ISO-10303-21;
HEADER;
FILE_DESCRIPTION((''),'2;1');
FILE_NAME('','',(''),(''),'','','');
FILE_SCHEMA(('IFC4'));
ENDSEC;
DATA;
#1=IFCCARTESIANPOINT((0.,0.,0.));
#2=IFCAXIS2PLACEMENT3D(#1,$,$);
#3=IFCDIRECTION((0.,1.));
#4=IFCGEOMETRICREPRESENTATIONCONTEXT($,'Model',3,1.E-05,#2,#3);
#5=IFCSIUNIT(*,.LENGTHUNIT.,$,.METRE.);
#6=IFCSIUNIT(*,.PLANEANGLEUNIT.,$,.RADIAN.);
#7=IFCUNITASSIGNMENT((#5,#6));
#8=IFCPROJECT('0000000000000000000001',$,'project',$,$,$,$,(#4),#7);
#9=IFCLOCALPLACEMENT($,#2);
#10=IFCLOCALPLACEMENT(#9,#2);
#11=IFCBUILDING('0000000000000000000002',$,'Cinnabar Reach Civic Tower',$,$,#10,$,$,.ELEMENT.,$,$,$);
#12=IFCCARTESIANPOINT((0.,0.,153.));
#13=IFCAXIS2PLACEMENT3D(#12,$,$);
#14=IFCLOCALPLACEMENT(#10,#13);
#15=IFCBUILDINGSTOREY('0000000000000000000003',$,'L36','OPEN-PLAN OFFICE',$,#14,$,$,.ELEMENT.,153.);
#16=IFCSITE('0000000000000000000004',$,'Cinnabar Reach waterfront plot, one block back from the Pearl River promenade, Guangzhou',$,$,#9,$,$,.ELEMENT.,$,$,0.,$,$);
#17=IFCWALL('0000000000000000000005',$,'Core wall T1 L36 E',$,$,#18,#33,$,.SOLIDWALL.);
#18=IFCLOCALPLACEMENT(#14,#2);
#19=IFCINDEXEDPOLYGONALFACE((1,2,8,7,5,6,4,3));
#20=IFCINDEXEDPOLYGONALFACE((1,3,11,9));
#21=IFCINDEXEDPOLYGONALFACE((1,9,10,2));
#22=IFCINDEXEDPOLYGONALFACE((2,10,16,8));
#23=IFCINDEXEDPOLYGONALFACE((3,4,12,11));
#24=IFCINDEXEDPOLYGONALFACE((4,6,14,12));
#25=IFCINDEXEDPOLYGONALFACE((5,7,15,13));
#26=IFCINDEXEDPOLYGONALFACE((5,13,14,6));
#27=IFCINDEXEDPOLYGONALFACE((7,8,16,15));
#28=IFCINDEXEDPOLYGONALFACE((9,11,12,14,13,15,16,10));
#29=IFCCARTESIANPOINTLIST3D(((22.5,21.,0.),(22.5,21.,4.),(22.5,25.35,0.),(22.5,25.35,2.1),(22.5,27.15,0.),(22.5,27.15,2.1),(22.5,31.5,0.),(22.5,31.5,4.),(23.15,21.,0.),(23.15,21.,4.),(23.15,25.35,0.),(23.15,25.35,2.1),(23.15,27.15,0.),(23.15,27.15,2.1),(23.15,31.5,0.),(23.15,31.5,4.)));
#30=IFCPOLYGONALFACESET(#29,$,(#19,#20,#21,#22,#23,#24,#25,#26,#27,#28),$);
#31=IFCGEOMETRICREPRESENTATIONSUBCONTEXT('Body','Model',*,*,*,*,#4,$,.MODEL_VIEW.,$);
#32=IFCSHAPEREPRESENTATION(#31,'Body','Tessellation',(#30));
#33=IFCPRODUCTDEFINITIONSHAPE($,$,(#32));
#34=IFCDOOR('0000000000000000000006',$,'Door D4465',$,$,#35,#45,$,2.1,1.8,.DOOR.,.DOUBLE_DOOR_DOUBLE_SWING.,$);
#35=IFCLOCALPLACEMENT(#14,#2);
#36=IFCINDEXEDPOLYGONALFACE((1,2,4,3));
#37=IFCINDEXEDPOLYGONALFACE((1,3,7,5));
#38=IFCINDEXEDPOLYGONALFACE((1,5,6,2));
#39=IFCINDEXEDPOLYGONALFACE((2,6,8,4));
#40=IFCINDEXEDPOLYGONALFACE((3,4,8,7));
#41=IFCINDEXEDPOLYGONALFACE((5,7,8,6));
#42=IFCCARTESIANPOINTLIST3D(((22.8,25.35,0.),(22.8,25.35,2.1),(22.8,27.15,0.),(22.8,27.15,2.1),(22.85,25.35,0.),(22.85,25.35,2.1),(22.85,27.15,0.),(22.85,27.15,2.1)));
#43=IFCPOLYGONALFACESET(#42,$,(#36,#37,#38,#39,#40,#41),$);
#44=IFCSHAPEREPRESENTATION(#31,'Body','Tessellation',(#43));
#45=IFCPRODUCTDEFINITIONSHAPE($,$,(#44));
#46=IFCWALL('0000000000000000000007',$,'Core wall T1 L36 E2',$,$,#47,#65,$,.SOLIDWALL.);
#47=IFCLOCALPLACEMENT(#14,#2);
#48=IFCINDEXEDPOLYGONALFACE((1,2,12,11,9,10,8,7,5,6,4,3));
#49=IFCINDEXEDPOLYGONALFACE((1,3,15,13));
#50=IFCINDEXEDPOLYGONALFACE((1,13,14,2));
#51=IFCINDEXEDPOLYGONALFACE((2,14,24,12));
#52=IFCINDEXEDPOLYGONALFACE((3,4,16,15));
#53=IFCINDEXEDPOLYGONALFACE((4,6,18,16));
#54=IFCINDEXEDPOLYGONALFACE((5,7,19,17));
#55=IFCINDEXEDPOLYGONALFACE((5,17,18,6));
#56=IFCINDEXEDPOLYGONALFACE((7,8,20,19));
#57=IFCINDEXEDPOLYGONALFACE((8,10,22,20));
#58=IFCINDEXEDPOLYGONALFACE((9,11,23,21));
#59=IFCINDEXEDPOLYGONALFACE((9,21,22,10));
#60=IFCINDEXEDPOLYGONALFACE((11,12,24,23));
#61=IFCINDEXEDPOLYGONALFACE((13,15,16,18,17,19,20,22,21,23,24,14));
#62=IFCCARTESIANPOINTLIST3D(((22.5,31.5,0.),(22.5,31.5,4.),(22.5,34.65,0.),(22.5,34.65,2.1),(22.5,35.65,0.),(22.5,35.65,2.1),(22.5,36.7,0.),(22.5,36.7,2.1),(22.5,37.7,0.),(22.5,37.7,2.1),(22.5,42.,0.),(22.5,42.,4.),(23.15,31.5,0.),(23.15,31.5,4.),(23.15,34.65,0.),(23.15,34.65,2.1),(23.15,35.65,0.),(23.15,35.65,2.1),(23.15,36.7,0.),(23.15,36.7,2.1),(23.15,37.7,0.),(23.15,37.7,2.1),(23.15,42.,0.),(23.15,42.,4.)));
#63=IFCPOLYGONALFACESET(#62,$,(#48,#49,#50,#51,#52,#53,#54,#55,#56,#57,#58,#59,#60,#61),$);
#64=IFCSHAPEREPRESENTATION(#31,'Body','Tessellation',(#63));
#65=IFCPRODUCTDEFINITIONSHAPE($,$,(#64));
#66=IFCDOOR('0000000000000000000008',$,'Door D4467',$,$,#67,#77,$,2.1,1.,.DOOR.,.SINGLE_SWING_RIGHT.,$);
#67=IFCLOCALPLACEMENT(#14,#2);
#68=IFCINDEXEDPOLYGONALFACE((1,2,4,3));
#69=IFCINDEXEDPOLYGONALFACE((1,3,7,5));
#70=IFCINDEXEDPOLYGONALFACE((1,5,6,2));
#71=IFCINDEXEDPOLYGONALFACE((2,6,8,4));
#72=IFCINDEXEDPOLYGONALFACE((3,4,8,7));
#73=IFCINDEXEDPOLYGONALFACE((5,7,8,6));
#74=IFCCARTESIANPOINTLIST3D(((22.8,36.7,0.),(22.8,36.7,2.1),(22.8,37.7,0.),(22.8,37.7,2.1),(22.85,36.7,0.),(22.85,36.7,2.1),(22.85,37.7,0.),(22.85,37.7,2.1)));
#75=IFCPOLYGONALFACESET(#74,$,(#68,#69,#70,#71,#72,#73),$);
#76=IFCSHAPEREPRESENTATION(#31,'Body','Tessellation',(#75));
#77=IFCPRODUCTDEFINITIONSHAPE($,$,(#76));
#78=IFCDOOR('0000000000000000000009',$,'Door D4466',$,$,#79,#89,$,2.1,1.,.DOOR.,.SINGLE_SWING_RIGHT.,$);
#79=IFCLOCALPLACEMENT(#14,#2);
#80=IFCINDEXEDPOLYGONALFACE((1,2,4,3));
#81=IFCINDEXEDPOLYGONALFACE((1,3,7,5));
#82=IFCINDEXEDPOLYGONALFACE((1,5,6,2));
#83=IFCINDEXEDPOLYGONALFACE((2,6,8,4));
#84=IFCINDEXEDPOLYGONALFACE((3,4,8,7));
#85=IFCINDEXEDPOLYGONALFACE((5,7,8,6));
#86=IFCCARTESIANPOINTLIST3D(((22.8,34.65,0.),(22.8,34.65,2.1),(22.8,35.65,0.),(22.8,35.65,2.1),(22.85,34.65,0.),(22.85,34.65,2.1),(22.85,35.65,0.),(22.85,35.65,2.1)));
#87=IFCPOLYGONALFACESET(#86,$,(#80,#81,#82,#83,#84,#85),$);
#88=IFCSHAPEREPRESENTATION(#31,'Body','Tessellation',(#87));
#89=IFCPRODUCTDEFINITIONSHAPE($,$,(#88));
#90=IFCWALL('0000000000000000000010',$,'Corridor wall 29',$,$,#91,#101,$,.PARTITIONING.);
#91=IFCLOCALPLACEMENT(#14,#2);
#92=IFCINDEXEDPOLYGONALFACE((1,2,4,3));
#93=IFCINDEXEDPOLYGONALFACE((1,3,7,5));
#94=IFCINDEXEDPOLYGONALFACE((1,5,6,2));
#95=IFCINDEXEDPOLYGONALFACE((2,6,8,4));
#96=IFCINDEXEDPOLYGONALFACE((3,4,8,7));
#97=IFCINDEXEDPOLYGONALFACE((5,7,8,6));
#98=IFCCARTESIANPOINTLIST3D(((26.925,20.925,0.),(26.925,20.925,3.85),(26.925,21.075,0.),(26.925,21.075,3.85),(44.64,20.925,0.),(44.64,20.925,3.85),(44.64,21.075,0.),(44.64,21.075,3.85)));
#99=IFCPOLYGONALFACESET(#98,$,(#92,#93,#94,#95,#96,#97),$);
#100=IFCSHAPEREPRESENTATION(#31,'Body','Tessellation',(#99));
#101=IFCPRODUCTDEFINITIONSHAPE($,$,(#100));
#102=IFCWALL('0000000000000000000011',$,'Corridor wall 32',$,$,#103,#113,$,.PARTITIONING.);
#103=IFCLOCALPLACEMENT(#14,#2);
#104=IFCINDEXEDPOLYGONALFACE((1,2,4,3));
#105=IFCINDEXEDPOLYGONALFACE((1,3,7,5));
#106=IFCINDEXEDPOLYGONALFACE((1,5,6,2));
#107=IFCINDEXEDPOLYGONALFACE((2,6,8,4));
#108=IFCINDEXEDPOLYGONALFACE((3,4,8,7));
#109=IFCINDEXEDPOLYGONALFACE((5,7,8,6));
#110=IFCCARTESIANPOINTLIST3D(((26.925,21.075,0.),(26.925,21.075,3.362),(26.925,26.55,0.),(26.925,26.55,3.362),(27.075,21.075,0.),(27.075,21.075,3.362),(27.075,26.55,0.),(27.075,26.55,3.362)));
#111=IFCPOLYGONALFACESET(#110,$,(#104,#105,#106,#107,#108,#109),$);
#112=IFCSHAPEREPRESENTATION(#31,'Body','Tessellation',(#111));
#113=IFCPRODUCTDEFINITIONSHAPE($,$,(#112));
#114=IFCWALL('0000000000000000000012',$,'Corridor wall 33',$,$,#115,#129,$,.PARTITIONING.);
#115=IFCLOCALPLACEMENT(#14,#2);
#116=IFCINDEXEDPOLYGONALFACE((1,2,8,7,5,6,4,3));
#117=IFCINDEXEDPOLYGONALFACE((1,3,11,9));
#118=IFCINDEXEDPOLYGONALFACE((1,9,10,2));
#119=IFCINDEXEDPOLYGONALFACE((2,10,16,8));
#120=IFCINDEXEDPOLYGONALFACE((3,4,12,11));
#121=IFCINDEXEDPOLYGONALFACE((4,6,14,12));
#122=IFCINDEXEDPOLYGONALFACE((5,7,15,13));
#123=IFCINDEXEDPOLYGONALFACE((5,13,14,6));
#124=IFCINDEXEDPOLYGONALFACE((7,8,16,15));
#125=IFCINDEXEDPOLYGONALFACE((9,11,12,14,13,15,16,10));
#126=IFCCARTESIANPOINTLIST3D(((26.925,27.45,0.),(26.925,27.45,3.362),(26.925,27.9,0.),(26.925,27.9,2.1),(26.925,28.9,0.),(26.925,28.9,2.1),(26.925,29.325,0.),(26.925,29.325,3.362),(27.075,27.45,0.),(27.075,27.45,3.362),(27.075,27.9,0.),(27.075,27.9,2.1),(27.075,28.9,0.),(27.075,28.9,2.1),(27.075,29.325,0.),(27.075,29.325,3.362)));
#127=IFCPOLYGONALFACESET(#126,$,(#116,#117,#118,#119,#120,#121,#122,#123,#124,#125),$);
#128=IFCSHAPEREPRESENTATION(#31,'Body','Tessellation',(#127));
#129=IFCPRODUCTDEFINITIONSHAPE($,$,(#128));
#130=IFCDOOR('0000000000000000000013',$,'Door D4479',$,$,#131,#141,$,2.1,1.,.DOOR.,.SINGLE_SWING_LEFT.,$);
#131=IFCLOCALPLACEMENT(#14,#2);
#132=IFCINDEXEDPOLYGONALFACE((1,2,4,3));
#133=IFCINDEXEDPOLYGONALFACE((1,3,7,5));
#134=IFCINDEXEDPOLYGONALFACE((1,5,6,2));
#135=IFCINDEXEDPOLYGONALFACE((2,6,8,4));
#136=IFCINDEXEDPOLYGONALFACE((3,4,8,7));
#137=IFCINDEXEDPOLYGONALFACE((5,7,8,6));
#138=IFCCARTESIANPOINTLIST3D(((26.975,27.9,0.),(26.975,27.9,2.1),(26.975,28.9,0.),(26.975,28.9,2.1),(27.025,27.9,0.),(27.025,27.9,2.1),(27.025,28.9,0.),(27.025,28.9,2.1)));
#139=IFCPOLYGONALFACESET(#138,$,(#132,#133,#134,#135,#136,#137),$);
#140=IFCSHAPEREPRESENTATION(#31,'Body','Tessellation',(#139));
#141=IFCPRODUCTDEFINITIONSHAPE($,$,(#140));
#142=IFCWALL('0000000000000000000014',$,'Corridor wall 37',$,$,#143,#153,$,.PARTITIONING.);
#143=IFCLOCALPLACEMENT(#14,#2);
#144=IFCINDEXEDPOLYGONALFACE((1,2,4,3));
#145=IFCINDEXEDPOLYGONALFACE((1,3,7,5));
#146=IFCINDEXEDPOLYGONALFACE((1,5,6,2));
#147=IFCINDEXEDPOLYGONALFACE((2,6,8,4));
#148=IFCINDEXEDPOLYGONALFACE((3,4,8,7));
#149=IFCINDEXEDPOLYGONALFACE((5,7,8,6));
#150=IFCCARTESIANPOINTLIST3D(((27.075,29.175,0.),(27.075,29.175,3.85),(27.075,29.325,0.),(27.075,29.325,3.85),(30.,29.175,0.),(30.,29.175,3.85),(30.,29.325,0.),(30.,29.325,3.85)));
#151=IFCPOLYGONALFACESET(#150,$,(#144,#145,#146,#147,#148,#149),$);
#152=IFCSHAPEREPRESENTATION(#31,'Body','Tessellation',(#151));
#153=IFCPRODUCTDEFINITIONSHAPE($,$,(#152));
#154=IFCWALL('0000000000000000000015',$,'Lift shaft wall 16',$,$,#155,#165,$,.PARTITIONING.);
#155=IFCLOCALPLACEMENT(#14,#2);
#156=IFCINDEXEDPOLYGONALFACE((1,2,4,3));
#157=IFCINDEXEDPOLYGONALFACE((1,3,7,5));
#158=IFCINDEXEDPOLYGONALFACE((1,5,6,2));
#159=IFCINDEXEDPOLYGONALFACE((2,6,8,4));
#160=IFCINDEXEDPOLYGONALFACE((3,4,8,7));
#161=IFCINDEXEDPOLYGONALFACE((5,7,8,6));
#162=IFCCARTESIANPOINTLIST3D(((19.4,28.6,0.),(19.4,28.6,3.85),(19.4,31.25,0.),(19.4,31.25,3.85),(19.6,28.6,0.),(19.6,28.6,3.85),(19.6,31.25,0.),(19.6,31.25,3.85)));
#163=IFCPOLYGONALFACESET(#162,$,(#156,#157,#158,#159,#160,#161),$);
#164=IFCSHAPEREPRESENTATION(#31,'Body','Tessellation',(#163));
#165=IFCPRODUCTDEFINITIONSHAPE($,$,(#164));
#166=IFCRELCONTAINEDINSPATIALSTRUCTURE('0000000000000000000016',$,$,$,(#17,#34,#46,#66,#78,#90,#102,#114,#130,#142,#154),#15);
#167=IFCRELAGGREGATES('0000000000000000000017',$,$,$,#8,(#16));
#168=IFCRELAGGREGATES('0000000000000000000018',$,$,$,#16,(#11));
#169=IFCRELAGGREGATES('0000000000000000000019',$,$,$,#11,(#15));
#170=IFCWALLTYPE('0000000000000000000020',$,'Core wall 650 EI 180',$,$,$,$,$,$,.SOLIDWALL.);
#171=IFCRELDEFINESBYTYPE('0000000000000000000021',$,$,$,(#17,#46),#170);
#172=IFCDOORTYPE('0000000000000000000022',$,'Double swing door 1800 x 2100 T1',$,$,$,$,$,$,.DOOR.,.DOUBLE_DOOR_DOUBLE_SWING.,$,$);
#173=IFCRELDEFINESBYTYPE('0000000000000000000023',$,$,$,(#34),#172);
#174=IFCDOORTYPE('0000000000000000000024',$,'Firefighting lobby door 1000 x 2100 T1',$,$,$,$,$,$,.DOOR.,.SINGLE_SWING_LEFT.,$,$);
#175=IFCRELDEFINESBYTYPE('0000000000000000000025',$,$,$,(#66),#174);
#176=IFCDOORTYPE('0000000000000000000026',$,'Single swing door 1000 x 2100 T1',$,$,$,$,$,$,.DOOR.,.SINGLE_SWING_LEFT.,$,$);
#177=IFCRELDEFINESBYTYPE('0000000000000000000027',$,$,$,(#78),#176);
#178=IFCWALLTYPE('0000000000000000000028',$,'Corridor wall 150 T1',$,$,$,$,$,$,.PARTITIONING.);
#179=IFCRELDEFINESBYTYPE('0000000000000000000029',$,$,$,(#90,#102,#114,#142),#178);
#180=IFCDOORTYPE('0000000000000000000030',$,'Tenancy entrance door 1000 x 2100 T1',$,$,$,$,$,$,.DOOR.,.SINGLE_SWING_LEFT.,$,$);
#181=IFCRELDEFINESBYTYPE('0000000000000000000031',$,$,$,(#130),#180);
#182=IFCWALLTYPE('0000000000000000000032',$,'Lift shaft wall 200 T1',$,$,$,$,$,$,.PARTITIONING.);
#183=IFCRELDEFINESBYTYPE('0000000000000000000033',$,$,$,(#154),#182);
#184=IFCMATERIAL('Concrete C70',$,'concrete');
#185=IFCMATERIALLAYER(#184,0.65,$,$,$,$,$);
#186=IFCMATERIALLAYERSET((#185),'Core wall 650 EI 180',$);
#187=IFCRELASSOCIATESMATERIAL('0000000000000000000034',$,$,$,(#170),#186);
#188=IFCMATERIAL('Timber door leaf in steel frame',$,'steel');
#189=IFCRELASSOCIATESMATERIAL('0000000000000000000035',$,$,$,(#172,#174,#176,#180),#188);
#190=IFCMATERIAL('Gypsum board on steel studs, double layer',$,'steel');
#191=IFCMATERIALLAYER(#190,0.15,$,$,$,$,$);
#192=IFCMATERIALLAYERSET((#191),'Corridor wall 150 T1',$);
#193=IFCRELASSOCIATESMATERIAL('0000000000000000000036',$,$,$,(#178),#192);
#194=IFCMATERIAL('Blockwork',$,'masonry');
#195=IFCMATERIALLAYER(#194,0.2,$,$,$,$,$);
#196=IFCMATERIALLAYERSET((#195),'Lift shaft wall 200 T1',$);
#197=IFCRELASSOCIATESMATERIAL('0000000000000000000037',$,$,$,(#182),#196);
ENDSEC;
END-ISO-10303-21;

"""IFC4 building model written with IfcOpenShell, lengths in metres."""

from ifc_helpers import new_model, si_unit, direction, frame, frame_2d, origin, place, context, subcontext, project, spatial, rectangle, extrude, material, layer, layer_set, type_object, element, fill, save


model = new_model("IFC4")

# Units and contexts
model_context = context("Model", 3, precision=1e-05, world=origin(), true_north=direction((0.0, 1.0)))
body_context = subcontext(model_context, "Body", "Model", "MODEL_VIEW")
ifc_project = project(units=[si_unit("LENGTHUNIT", "METRE"), si_unit("PLANEANGLEUNIT", "RADIAN")], contexts=[model_context])

# Site, building, storey
site_placement = place(None, origin())
site = spatial("IfcSite", under=ifc_project, at=site_placement, Name="Cinnabar Reach waterfront plot, one block back from the Pearl River promenade, Guangzhou", CompositionType="ELEMENT", RefElevation=0.0)
building_placement = place(site_placement, origin())
building = spatial("IfcBuilding", under=site, at=building_placement, Name="Cinnabar Reach Civic Tower", CompositionType="ELEMENT")
storey_placement = place(building_placement, frame((0.0, 0.0, 153.0)))
storey = spatial("IfcBuildingStorey", under=building, at=storey_placement, Name="L36", Description="OPEN-PLAN OFFICE", CompositionType="ELEMENT", Elevation=153.0)

# Shared definitions
ifc_material_1 = material(Name="Concrete C70", Category="concrete")

# Wall, opening, door
ifc_layer_1 = layer(ifc_material_1, 0.65)
ifc_layer_set_1 = layer_set([ifc_layer_1], Name="Core wall 650 EI 180")
wall_type_1 = type_object("IfcWallType", Name="Core wall 650 EI 180", PredefinedType="SOLIDWALL", material=ifc_layer_set_1)
wall_1_placement = place(storey_placement, frame((22.825, 21.0, 0.0), z_axis=(0.0, 0.0, 1.0), x_axis=(0.0, 1.0, 0.0)))
wall_1 = element("IfcWall", 1, at=wall_1_placement, inside=storey, type_object=wall_type_1, Name="Core wall T1 L36 E", PredefinedType="SOLIDWALL", context=body_context, shape_type="SweptSolid", body=[
    extrude(rectangle(XDim=10.5, YDim=0.65, at=frame_2d((5.25, 0.0))), origin(), (0.0, 0.0, 1.0), 4.0),
])
opening_1_placement = place(wall_1_placement, frame((4.35, 0.0, 0.0)))
opening_1 = element("IfcOpeningElement", 2, at=opening_1_placement, cuts=wall_1, PredefinedType="OPENING", context=body_context, shape_type="SweptSolid", body=[
    extrude(rectangle(XDim=1.8, YDim=2.1, at=frame_2d((0.9, 1.05))), frame((0.0, 0.335, 0.0), z_axis=(0.0, -1.0, 0.0), x_axis=(1.0, 0.0, 0.0)), (0.0, 0.0, 1.0), 0.67),
])
ifc_material_2 = material(Name="Timber door leaf in steel frame", Category="steel")
door_type_1 = type_object("IfcDoorType", Name="Double swing door 1800 x 2100 T1", OperationType="DOUBLE_DOOR_DOUBLE_SWING", PredefinedType="DOOR", material=ifc_material_2)
door_1_placement = place(opening_1_placement, origin())
door_1 = element("IfcDoor", 3, at=door_1_placement, inside=storey, type_object=door_type_1, Name="Door D4465", OperationType="DOUBLE_DOOR_DOUBLE_SWING", OverallHeight=2.1, OverallWidth=1.8, PredefinedType="DOOR", context=body_context, shape_type="SweptSolid", body=[
    extrude(rectangle(XDim=1.8, YDim=2.1, at=frame_2d((0.9, 1.05))), frame((0.0, 0.025, 0.0), z_axis=(0.0, -1.0, 0.0), x_axis=(1.0, 0.0, 0.0)), (0.0, 0.0, 1.0), 0.05),
])
fill(opening_1, door_1)

# Wall, openings, doors
wall_2_placement = place(storey_placement, frame((22.825, 31.5, 0.0), z_axis=(0.0, 0.0, 1.0), x_axis=(0.0, 1.0, 0.0)))
wall_2 = element("IfcWall", 4, at=wall_2_placement, inside=storey, type_object=wall_type_1, Name="Core wall T1 L36 E2", PredefinedType="SOLIDWALL", context=body_context, shape_type="SweptSolid", body=[
    extrude(rectangle(XDim=10.5, YDim=0.65, at=frame_2d((5.25, 0.0))), origin(), (0.0, 0.0, 1.0), 4.0),
])
opening_2_placement = place(wall_2_placement, frame((3.15, 0.0, 0.0)))
opening_2 = element("IfcOpeningElement", 5, at=opening_2_placement, cuts=wall_2, PredefinedType="OPENING", context=body_context, shape_type="SweptSolid", body=[
    extrude(rectangle(XDim=1.0, YDim=2.1, at=frame_2d((0.5, 1.05))), frame((0.0, 0.335, 0.0), z_axis=(0.0, -1.0, 0.0), x_axis=(1.0, 0.0, 0.0)), (0.0, 0.0, 1.0), 0.67),
])
opening_3_placement = place(wall_2_placement, frame((5.2, 0.0, 0.0)))
opening_3 = element("IfcOpeningElement", 6, at=opening_3_placement, cuts=wall_2, PredefinedType="OPENING", context=body_context, shape_type="SweptSolid", body=[
    extrude(rectangle(XDim=1.0, YDim=2.1, at=frame_2d((0.5, 1.05))), frame((0.0, 0.335, 0.0), z_axis=(0.0, -1.0, 0.0), x_axis=(1.0, 0.0, 0.0)), (0.0, 0.0, 1.0), 0.67),
])
door_type_2 = type_object("IfcDoorType", Name="Firefighting lobby door 1000 x 2100 T1", OperationType="SINGLE_SWING_LEFT", PredefinedType="DOOR", material=ifc_material_2)
door_2_placement = place(opening_3_placement, origin())
door_2 = element("IfcDoor", 7, at=door_2_placement, inside=storey, type_object=door_type_2, Name="Door D4467", OperationType="SINGLE_SWING_RIGHT", OverallHeight=2.1, OverallWidth=1.0, PredefinedType="DOOR", context=body_context, shape_type="SweptSolid", body=[
    extrude(rectangle(XDim=1.0, YDim=2.1, at=frame_2d((0.5, 1.05))), frame((0.0, 0.025, 0.0), z_axis=(0.0, -1.0, 0.0), x_axis=(1.0, 0.0, 0.0)), (0.0, 0.0, 1.0), 0.05),
])
fill(opening_3, door_2)
door_type_3 = type_object("IfcDoorType", Name="Single swing door 1000 x 2100 T1", OperationType="SINGLE_SWING_LEFT", PredefinedType="DOOR", material=ifc_material_2)
door_3_placement = place(opening_2_placement, origin())
door_3 = element("IfcDoor", 8, at=door_3_placement, inside=storey, type_object=door_type_3, Name="Door D4466", OperationType="SINGLE_SWING_RIGHT", OverallHeight=2.1, OverallWidth=1.0, PredefinedType="DOOR", context=body_context, shape_type="SweptSolid", body=[
    extrude(rectangle(XDim=1.0, YDim=2.1, at=frame_2d((0.5, 1.05))), frame((0.0, 0.025, 0.0), z_axis=(0.0, -1.0, 0.0), x_axis=(1.0, 0.0, 0.0)), (0.0, 0.0, 1.0), 0.05),
])
fill(opening_2, door_3)

# Walls
ifc_material_3 = material(Name="Gypsum board on steel studs, double layer", Category="steel")
ifc_layer_2 = layer(ifc_material_3, 0.15)
ifc_layer_set_2 = layer_set([ifc_layer_2], Name="Corridor wall 150 T1")
wall_type_2 = type_object("IfcWallType", Name="Corridor wall 150 T1", PredefinedType="PARTITIONING", material=ifc_layer_set_2)
wall_3_placement = place(storey_placement, frame((26.925, 21.0, 0.0), z_axis=(0.0, 0.0, 1.0), x_axis=(1.0, 0.0, 0.0)))
element("IfcWall", 9, at=wall_3_placement, inside=storey, type_object=wall_type_2, Name="Corridor wall 29", PredefinedType="PARTITIONING", context=body_context, shape_type="SweptSolid", body=[
    extrude(rectangle(XDim=17.715, YDim=0.15, at=frame_2d((8.8575, 0.0))), origin(), (0.0, 0.0, 1.0), 3.85),
])
wall_4_placement = place(storey_placement, frame((27.0, 21.075, 0.0), z_axis=(0.0, 0.0, 1.0), x_axis=(0.0, 1.0, 0.0)))
element("IfcWall", 10, at=wall_4_placement, inside=storey, type_object=wall_type_2, Name="Corridor wall 32", PredefinedType="PARTITIONING", context=body_context, shape_type="SweptSolid", body=[
    extrude(rectangle(XDim=5.475, YDim=0.15, at=frame_2d((2.7375, 0.0))), origin(), (0.0, 0.0, 1.0), 3.362),
])

# Wall, opening, door
wall_5_placement = place(storey_placement, frame((27.0, 27.45, 0.0), z_axis=(0.0, 0.0, 1.0), x_axis=(0.0, 1.0, 0.0)))
wall_5 = element("IfcWall", 11, at=wall_5_placement, inside=storey, type_object=wall_type_2, Name="Corridor wall 33", PredefinedType="PARTITIONING", context=body_context, shape_type="SweptSolid", body=[
    extrude(rectangle(XDim=1.875, YDim=0.15, at=frame_2d((0.9375, 0.0))), origin(), (0.0, 0.0, 1.0), 3.362),
])
opening_4_placement = place(wall_5_placement, frame((0.45, 0.0, 0.0)))
opening_4 = element("IfcOpeningElement", 12, at=opening_4_placement, cuts=wall_5, PredefinedType="OPENING", context=body_context, shape_type="SweptSolid", body=[
    extrude(rectangle(XDim=1.0, YDim=2.1, at=frame_2d((0.5, 1.05))), frame((0.0, 0.085, 0.0), z_axis=(0.0, -1.0, 0.0), x_axis=(1.0, 0.0, 0.0)), (0.0, 0.0, 1.0), 0.17),
])
door_type_4 = type_object("IfcDoorType", Name="Tenancy entrance door 1000 x 2100 T1", OperationType="SINGLE_SWING_LEFT", PredefinedType="DOOR", material=ifc_material_2)
door_4_placement = place(opening_4_placement, frame((1.0, 0.0, 0.0), z_axis=(0.0, 0.0, 1.0), x_axis=(-1.0, 0.0, 0.0)))
door_4 = element("IfcDoor", 13, at=door_4_placement, inside=storey, type_object=door_type_4, Name="Door D4479", OperationType="SINGLE_SWING_LEFT", OverallHeight=2.1, OverallWidth=1.0, PredefinedType="DOOR", context=body_context, shape_type="SweptSolid", body=[
    extrude(rectangle(XDim=1.0, YDim=2.1, at=frame_2d((0.5, 1.05))), frame((0.0, 0.025, 0.0), z_axis=(0.0, -1.0, 0.0), x_axis=(1.0, 0.0, 0.0)), (0.0, 0.0, 1.0), 0.05),
])
fill(opening_4, door_4)

# Walls
wall_6_placement = place(storey_placement, frame((27.075, 29.25, 0.0), z_axis=(0.0, 0.0, 1.0), x_axis=(1.0, 0.0, 0.0)))
element("IfcWall", 14, at=wall_6_placement, inside=storey, type_object=wall_type_2, Name="Corridor wall 37", PredefinedType="PARTITIONING", context=body_context, shape_type="SweptSolid", body=[
    extrude(rectangle(XDim=2.925, YDim=0.15, at=frame_2d((1.4625, 0.0))), origin(), (0.0, 0.0, 1.0), 3.85),
])
ifc_material_4 = material(Name="Blockwork", Category="masonry")
ifc_layer_3 = layer(ifc_material_4, 0.2)
ifc_layer_set_3 = layer_set([ifc_layer_3], Name="Lift shaft wall 200 T1")
wall_type_3 = type_object("IfcWallType", Name="Lift shaft wall 200 T1", PredefinedType="PARTITIONING", material=ifc_layer_set_3)
wall_7_placement = place(storey_placement, frame((19.5, 28.6, 0.0), z_axis=(0.0, 0.0, 1.0), x_axis=(0.0, 1.0, 0.0)))
element("IfcWall", 15, at=wall_7_placement, inside=storey, type_object=wall_type_3, Name="Lift shaft wall 16", PredefinedType="PARTITIONING", context=body_context, shape_type="SweptSolid", body=[
    extrude(rectangle(XDim=2.65, YDim=0.2, at=frame_2d((1.325, 0.0))), origin(), (0.0, 0.0, 1.0), 3.85),
])

save(model, "model.ifc")
